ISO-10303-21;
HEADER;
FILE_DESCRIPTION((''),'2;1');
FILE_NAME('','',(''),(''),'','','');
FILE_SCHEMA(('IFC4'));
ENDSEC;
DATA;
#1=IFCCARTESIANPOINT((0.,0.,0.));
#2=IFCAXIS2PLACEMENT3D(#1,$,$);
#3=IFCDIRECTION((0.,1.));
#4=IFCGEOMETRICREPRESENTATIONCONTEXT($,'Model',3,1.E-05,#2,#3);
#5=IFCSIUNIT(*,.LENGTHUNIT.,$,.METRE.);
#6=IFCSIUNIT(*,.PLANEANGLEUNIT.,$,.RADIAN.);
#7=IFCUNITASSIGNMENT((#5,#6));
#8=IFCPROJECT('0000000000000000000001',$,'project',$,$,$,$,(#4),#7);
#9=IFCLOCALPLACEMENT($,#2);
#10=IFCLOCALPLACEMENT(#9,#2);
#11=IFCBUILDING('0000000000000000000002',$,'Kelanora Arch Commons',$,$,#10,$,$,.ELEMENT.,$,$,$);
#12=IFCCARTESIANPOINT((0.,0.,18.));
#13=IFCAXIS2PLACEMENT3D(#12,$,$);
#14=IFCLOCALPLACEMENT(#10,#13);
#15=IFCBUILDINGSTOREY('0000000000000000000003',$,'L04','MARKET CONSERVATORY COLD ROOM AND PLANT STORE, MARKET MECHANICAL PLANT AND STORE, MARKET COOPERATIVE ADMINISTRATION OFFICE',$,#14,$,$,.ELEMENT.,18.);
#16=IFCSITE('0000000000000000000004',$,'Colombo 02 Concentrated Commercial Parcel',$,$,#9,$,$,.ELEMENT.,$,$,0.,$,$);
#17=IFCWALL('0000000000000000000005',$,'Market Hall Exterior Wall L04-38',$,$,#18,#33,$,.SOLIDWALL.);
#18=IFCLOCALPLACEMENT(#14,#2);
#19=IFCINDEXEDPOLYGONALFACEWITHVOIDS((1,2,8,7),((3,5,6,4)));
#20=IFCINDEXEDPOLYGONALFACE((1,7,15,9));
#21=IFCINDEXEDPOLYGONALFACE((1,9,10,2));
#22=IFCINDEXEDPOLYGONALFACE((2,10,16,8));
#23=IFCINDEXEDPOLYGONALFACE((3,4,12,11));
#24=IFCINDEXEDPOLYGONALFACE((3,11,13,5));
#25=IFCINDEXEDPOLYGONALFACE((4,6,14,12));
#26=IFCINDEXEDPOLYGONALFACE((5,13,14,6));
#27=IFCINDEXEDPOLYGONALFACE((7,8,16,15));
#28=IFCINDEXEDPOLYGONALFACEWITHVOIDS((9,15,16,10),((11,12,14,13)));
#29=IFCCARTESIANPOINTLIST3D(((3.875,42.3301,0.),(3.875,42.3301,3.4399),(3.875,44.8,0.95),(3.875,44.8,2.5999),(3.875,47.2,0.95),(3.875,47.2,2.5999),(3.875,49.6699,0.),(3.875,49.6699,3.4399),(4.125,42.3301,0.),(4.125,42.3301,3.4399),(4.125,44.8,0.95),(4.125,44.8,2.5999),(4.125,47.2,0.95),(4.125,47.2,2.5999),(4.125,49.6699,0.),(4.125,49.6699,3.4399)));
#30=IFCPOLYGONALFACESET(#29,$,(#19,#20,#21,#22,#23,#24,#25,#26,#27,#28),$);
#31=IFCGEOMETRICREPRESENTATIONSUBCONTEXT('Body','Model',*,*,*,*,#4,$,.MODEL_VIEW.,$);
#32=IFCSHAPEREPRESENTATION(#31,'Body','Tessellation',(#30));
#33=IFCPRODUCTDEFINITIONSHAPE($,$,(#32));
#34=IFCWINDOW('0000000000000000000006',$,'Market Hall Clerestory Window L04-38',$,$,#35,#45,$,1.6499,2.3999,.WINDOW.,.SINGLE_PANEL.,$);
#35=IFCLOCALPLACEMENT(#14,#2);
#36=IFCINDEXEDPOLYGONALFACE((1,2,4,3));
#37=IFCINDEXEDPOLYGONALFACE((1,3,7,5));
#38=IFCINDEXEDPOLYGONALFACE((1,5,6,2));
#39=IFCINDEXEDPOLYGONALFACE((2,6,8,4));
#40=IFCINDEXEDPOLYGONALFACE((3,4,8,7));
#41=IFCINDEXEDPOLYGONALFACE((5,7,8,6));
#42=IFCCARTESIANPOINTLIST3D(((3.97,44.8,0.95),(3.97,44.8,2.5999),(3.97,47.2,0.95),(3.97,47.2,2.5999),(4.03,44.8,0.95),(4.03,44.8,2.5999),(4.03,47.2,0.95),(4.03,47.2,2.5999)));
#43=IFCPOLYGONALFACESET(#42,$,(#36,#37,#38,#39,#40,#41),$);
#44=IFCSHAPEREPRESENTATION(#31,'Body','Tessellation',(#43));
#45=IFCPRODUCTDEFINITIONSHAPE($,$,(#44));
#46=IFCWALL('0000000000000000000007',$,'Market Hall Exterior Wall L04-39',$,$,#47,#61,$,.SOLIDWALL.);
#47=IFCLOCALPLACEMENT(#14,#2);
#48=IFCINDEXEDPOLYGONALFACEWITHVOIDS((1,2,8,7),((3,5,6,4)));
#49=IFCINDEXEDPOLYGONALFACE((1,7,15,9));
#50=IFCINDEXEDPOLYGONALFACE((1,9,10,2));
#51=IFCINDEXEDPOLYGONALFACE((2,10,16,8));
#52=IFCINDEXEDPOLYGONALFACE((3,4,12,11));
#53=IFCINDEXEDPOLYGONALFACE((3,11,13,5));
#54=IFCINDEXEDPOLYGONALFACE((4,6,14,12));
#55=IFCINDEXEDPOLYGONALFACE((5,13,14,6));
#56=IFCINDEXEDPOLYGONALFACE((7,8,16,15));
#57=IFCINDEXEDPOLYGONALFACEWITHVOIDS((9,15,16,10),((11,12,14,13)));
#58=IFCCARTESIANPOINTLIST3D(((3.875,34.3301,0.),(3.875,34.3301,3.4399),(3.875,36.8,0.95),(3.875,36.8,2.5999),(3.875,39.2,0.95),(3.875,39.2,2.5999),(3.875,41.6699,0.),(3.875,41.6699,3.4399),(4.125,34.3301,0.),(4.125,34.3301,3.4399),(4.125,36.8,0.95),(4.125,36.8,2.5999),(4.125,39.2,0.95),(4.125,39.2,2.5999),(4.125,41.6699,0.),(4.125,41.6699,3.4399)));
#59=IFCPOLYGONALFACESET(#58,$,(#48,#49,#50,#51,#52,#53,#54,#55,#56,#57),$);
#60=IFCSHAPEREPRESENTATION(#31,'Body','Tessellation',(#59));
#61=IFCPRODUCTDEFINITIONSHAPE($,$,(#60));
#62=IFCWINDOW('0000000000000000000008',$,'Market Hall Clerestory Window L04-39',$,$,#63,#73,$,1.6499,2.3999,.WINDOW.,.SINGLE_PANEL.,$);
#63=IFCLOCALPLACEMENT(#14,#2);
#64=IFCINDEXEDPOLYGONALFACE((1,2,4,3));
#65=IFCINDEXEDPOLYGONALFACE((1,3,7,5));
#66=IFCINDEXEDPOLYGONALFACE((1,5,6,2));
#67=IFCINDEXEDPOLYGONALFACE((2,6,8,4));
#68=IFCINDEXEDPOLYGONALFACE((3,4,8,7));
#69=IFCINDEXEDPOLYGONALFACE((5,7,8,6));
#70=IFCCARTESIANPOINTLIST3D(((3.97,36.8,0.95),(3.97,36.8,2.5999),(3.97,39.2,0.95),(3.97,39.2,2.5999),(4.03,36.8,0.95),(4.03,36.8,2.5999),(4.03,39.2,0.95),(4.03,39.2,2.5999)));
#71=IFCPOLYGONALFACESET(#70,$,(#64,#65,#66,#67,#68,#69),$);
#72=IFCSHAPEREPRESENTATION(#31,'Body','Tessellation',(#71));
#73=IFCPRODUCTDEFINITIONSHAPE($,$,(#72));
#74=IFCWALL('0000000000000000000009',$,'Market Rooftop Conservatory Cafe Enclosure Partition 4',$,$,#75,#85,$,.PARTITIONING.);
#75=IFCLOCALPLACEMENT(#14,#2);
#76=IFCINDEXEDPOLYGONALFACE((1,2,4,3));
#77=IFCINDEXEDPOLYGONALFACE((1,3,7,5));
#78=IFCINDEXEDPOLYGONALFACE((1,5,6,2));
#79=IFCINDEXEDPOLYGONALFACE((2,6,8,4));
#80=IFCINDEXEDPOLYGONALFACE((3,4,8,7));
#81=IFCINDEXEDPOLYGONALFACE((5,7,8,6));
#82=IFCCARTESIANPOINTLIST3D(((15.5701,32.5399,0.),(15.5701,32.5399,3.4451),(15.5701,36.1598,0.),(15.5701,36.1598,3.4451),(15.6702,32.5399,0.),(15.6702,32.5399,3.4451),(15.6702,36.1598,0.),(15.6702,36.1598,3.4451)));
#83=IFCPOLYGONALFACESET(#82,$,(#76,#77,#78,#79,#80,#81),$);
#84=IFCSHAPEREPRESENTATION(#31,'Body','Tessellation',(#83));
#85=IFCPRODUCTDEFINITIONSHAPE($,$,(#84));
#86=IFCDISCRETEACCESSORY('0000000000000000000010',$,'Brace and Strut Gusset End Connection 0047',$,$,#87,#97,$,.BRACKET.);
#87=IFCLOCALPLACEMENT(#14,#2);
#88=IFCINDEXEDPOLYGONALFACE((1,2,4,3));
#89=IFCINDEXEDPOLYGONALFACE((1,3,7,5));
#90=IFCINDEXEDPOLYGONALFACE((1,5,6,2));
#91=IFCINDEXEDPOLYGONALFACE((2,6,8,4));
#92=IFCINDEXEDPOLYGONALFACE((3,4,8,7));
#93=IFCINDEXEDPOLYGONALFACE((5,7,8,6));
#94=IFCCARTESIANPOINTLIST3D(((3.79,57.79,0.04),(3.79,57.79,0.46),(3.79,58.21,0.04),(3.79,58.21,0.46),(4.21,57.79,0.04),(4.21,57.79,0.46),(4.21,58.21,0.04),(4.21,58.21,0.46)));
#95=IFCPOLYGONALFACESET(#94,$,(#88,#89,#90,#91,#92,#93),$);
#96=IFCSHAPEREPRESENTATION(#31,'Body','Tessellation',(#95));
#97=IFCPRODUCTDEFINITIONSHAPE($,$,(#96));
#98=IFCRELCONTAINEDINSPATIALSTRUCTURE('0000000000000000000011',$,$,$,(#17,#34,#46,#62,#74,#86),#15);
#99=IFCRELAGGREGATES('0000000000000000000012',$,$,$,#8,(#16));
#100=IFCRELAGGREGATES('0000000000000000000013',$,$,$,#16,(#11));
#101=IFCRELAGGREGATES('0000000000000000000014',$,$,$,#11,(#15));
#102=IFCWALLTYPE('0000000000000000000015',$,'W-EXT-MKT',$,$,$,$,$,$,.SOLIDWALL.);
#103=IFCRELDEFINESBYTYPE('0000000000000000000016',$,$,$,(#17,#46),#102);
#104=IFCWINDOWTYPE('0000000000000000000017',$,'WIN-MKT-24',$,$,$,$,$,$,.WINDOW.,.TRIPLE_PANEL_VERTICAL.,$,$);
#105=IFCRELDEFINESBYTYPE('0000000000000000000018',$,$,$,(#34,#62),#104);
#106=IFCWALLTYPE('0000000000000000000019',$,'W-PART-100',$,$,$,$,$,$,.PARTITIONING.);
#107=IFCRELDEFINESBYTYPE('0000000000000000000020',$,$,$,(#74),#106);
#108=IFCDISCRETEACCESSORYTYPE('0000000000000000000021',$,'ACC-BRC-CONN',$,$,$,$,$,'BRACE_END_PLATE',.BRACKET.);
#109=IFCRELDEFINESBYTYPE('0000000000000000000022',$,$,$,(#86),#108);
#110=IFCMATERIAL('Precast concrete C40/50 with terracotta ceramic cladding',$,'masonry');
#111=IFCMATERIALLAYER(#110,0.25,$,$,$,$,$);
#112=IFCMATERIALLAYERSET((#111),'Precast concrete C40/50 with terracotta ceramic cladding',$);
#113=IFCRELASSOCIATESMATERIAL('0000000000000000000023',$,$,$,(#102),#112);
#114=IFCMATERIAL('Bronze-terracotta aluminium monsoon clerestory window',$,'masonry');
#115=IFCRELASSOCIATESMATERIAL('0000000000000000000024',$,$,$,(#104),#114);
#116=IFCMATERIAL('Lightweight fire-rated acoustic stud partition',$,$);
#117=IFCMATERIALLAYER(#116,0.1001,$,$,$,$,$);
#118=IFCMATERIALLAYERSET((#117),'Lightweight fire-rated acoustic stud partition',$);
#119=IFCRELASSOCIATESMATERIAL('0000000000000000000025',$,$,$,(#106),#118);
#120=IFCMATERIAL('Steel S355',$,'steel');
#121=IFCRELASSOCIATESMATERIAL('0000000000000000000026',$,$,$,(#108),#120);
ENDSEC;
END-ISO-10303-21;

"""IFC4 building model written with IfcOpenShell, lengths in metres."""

from ifc_helpers import new_model, si_unit, direction, frame, frame_2d, origin, origin_2d, place, context, subcontext, project, spatial, rectangle, extrude, source, transform, mapped, material, layer, layer_set, type_object, element, fill, save


model = new_model("IFC4")

# Units and contexts
model_context = context("Model", 3, precision=1e-05, world=origin(), true_north=direction((0.0, 1.0)))
body_context = subcontext(model_context, "Body", "Model", "MODEL_VIEW")
ifc_project = project(units=[si_unit("LENGTHUNIT", "METRE"), si_unit("PLANEANGLEUNIT", "RADIAN")], contexts=[model_context])

# Site, building, storey
site_placement = place(None, origin())
site = spatial("IfcSite", under=ifc_project, at=site_placement, Name="Colombo 02 Concentrated Commercial Parcel", CompositionType="ELEMENT", RefElevation=0.0)
building_placement = place(site_placement, origin())
building = spatial("IfcBuilding", under=site, at=building_placement, Name="Kelanora Arch Commons", CompositionType="ELEMENT")
storey_placement = place(building_placement, frame((0.0, 0.0, 18.0)))
storey = spatial("IfcBuildingStorey", under=building, at=storey_placement, Name="L04", Description="MARKET CONSERVATORY COLD ROOM AND PLANT STORE, MARKET MECHANICAL PLANT AND STORE, MARKET COOPERATIVE ADMINISTRATION OFFICE", CompositionType="ELEMENT", Elevation=18.0)

# Shared definitions
ifc_material_1 = material(Name="Steel S355", Category="steel")

# Walls, openings, windows
ifc_material_2 = material(Name="Precast concrete C40/50 with terracotta ceramic cladding", Category="masonry")
ifc_layer_1 = layer(ifc_material_2, 0.25)
ifc_layer_set_1 = layer_set([ifc_layer_1], Name="Precast concrete C40/50 with terracotta ceramic cladding")
wall_type_1 = type_object("IfcWallType", Name="W-EXT-MKT", PredefinedType="SOLIDWALL", material=ifc_layer_set_1)
ifc_material_3 = material(Name="Bronze-terracotta aluminium monsoon clerestory window", Category="masonry")
window_type = type_object("IfcWindowType", Name="WIN-MKT-24", PartitioningType="TRIPLE_PANEL_VERTICAL", PredefinedType="WINDOW", material=ifc_material_3)
wall_1_placement = place(storey_placement, frame((4.0, 49.6699, 0.0), z_axis=(0.0, 0.0, 1.0), x_axis=(0.0, -1.0, 0.0)))
wall_1 = element("IfcWall", 1, at=wall_1_placement, inside=storey, type_object=wall_type_1, Name="Market Hall Exterior Wall L04-38", PredefinedType="SOLIDWALL", context=body_context, shape_type="SweptSolid", body=[
    extrude(rectangle(XDim=7.3398, YDim=0.25, at=frame_2d((3.6699, 0.0))), origin(), (0.0, 0.0, 1.0), 3.4399),
])
opening_1_placement = place(wall_1_placement, frame((2.47, 0.0, 0.95)))
opening_1 = element("IfcOpeningElement", 2, at=opening_1_placement, cuts=wall_1, PredefinedType="OPENING", context=body_context, shape_type="SweptSolid", body=[
    extrude(rectangle(XDim=2.3999, YDim=1.6499, at=frame_2d((1.2, 0.825))), frame((0.0, 0.135, 0.0), z_axis=(0.0, -1.0, 0.0), x_axis=(1.0, 0.0, 0.0)), (0.0, 0.0, 1.0), 0.27),
])
window_1_placement = place(opening_1_placement, origin())
window_1 = element("IfcWindow", 3, at=window_1_placement, inside=storey, type_object=window_type, Name="Market Hall Clerestory Window L04-38", OverallHeight=1.6499, OverallWidth=2.3999, PartitioningType="SINGLE_PANEL", PredefinedType="WINDOW", context=body_context, shape_type="SweptSolid", body=[
    extrude(rectangle(XDim=2.3999, YDim=1.6499, at=frame_2d((1.2, 0.825))), frame((0.0, 0.03, 0.0), z_axis=(0.0, -1.0, 0.0), x_axis=(1.0, 0.0, 0.0)), (0.0, 0.0, 1.0), 0.0601),
])
fill(opening_1, window_1)
wall_2_placement = place(storey_placement, frame((4.0, 41.6699, 0.0), z_axis=(0.0, 0.0, 1.0), x_axis=(0.0, -1.0, 0.0)))
wall_2 = element("IfcWall", 4, at=wall_2_placement, inside=storey, type_object=wall_type_1, Name="Market Hall Exterior Wall L04-39", PredefinedType="SOLIDWALL", context=body_context, shape_type="SweptSolid", body=[
    extrude(rectangle(XDim=7.3398, YDim=0.25, at=frame_2d((3.6699, 0.0))), origin(), (0.0, 0.0, 1.0), 3.4399),
])
opening_2_placement = place(wall_2_placement, frame((2.47, 0.0, 0.95)))
opening_2 = element("IfcOpeningElement", 5, at=opening_2_placement, cuts=wall_2, PredefinedType="OPENING", context=body_context, shape_type="SweptSolid", body=[
    extrude(rectangle(XDim=2.3999, YDim=1.6499, at=frame_2d((1.2, 0.825))), frame((0.0, 0.135, 0.0), z_axis=(0.0, -1.0, 0.0), x_axis=(1.0, 0.0, 0.0)), (0.0, 0.0, 1.0), 0.27),
])
window_2_placement = place(opening_2_placement, origin())
window_2 = element("IfcWindow", 6, at=window_2_placement, inside=storey, type_object=window_type, Name="Market Hall Clerestory Window L04-39", OverallHeight=1.6499, OverallWidth=2.3999, PartitioningType="SINGLE_PANEL", PredefinedType="WINDOW", context=body_context, shape_type="SweptSolid", body=[
    extrude(rectangle(XDim=2.3999, YDim=1.6499, at=frame_2d((1.2, 0.825))), frame((0.0, 0.03, 0.0), z_axis=(0.0, -1.0, 0.0), x_axis=(1.0, 0.0, 0.0)), (0.0, 0.0, 1.0), 0.0601),
])
fill(opening_2, window_2)

# Wall
ifc_material_4 = material(Name="Lightweight fire-rated acoustic stud partition")
ifc_layer_2 = layer(ifc_material_4, 0.1001)
ifc_layer_set_2 = layer_set([ifc_layer_2], Name="Lightweight fire-rated acoustic stud partition")
wall_type_2 = type_object("IfcWallType", Name="W-PART-100", PredefinedType="PARTITIONING", material=ifc_layer_set_2)
wall_3_placement = place(storey_placement, frame((15.6201, 36.1599, 0.0), z_axis=(0.0, 0.0, 1.0), x_axis=(0.0, -1.0, 0.0)))
element("IfcWall", 7, at=wall_3_placement, inside=storey, type_object=wall_type_2, Name="Market Rooftop Conservatory Cafe Enclosure Partition 4", PredefinedType="PARTITIONING", context=body_context, shape_type="SweptSolid", body=[
    extrude(rectangle(XDim=3.6199, YDim=0.1001, at=frame_2d((1.8101, 0.0))), origin(), (0.0, 0.0, 1.0), 3.4451),
])

# Discrete accessory
discrete_accessory_type = type_object("IfcDiscreteAccessoryType", Name="ACC-BRC-CONN", ElementType="BRACE_END_PLATE", PredefinedType="BRACKET", material=ifc_material_1)
shared_shape = source(origin(), body_context, "Body", "SweptSolid", [
    extrude(rectangle(XDim=0.4199, YDim=0.4199, at=origin_2d()), origin(), (0.0, 0.0, 1.0), 0.4199),
])
discrete_accessory_placement = place(storey_placement, frame((4.0, 58.0, 0.04), z_axis=(0.0, 0.0, 1.0), x_axis=(0.0, 1.0, 0.0)))
element("IfcDiscreteAccessory", 8, at=discrete_accessory_placement, inside=storey, type_object=discrete_accessory_type, Name="Brace and Strut Gusset End Connection 0047", PredefinedType="BRACKET", context=body_context, shape_type="MappedRepresentation", body=[
    mapped(shared_shape, transform((0.0, 0.0, 0.0), scale=1.0)),
])

save(model, "model.ifc")
